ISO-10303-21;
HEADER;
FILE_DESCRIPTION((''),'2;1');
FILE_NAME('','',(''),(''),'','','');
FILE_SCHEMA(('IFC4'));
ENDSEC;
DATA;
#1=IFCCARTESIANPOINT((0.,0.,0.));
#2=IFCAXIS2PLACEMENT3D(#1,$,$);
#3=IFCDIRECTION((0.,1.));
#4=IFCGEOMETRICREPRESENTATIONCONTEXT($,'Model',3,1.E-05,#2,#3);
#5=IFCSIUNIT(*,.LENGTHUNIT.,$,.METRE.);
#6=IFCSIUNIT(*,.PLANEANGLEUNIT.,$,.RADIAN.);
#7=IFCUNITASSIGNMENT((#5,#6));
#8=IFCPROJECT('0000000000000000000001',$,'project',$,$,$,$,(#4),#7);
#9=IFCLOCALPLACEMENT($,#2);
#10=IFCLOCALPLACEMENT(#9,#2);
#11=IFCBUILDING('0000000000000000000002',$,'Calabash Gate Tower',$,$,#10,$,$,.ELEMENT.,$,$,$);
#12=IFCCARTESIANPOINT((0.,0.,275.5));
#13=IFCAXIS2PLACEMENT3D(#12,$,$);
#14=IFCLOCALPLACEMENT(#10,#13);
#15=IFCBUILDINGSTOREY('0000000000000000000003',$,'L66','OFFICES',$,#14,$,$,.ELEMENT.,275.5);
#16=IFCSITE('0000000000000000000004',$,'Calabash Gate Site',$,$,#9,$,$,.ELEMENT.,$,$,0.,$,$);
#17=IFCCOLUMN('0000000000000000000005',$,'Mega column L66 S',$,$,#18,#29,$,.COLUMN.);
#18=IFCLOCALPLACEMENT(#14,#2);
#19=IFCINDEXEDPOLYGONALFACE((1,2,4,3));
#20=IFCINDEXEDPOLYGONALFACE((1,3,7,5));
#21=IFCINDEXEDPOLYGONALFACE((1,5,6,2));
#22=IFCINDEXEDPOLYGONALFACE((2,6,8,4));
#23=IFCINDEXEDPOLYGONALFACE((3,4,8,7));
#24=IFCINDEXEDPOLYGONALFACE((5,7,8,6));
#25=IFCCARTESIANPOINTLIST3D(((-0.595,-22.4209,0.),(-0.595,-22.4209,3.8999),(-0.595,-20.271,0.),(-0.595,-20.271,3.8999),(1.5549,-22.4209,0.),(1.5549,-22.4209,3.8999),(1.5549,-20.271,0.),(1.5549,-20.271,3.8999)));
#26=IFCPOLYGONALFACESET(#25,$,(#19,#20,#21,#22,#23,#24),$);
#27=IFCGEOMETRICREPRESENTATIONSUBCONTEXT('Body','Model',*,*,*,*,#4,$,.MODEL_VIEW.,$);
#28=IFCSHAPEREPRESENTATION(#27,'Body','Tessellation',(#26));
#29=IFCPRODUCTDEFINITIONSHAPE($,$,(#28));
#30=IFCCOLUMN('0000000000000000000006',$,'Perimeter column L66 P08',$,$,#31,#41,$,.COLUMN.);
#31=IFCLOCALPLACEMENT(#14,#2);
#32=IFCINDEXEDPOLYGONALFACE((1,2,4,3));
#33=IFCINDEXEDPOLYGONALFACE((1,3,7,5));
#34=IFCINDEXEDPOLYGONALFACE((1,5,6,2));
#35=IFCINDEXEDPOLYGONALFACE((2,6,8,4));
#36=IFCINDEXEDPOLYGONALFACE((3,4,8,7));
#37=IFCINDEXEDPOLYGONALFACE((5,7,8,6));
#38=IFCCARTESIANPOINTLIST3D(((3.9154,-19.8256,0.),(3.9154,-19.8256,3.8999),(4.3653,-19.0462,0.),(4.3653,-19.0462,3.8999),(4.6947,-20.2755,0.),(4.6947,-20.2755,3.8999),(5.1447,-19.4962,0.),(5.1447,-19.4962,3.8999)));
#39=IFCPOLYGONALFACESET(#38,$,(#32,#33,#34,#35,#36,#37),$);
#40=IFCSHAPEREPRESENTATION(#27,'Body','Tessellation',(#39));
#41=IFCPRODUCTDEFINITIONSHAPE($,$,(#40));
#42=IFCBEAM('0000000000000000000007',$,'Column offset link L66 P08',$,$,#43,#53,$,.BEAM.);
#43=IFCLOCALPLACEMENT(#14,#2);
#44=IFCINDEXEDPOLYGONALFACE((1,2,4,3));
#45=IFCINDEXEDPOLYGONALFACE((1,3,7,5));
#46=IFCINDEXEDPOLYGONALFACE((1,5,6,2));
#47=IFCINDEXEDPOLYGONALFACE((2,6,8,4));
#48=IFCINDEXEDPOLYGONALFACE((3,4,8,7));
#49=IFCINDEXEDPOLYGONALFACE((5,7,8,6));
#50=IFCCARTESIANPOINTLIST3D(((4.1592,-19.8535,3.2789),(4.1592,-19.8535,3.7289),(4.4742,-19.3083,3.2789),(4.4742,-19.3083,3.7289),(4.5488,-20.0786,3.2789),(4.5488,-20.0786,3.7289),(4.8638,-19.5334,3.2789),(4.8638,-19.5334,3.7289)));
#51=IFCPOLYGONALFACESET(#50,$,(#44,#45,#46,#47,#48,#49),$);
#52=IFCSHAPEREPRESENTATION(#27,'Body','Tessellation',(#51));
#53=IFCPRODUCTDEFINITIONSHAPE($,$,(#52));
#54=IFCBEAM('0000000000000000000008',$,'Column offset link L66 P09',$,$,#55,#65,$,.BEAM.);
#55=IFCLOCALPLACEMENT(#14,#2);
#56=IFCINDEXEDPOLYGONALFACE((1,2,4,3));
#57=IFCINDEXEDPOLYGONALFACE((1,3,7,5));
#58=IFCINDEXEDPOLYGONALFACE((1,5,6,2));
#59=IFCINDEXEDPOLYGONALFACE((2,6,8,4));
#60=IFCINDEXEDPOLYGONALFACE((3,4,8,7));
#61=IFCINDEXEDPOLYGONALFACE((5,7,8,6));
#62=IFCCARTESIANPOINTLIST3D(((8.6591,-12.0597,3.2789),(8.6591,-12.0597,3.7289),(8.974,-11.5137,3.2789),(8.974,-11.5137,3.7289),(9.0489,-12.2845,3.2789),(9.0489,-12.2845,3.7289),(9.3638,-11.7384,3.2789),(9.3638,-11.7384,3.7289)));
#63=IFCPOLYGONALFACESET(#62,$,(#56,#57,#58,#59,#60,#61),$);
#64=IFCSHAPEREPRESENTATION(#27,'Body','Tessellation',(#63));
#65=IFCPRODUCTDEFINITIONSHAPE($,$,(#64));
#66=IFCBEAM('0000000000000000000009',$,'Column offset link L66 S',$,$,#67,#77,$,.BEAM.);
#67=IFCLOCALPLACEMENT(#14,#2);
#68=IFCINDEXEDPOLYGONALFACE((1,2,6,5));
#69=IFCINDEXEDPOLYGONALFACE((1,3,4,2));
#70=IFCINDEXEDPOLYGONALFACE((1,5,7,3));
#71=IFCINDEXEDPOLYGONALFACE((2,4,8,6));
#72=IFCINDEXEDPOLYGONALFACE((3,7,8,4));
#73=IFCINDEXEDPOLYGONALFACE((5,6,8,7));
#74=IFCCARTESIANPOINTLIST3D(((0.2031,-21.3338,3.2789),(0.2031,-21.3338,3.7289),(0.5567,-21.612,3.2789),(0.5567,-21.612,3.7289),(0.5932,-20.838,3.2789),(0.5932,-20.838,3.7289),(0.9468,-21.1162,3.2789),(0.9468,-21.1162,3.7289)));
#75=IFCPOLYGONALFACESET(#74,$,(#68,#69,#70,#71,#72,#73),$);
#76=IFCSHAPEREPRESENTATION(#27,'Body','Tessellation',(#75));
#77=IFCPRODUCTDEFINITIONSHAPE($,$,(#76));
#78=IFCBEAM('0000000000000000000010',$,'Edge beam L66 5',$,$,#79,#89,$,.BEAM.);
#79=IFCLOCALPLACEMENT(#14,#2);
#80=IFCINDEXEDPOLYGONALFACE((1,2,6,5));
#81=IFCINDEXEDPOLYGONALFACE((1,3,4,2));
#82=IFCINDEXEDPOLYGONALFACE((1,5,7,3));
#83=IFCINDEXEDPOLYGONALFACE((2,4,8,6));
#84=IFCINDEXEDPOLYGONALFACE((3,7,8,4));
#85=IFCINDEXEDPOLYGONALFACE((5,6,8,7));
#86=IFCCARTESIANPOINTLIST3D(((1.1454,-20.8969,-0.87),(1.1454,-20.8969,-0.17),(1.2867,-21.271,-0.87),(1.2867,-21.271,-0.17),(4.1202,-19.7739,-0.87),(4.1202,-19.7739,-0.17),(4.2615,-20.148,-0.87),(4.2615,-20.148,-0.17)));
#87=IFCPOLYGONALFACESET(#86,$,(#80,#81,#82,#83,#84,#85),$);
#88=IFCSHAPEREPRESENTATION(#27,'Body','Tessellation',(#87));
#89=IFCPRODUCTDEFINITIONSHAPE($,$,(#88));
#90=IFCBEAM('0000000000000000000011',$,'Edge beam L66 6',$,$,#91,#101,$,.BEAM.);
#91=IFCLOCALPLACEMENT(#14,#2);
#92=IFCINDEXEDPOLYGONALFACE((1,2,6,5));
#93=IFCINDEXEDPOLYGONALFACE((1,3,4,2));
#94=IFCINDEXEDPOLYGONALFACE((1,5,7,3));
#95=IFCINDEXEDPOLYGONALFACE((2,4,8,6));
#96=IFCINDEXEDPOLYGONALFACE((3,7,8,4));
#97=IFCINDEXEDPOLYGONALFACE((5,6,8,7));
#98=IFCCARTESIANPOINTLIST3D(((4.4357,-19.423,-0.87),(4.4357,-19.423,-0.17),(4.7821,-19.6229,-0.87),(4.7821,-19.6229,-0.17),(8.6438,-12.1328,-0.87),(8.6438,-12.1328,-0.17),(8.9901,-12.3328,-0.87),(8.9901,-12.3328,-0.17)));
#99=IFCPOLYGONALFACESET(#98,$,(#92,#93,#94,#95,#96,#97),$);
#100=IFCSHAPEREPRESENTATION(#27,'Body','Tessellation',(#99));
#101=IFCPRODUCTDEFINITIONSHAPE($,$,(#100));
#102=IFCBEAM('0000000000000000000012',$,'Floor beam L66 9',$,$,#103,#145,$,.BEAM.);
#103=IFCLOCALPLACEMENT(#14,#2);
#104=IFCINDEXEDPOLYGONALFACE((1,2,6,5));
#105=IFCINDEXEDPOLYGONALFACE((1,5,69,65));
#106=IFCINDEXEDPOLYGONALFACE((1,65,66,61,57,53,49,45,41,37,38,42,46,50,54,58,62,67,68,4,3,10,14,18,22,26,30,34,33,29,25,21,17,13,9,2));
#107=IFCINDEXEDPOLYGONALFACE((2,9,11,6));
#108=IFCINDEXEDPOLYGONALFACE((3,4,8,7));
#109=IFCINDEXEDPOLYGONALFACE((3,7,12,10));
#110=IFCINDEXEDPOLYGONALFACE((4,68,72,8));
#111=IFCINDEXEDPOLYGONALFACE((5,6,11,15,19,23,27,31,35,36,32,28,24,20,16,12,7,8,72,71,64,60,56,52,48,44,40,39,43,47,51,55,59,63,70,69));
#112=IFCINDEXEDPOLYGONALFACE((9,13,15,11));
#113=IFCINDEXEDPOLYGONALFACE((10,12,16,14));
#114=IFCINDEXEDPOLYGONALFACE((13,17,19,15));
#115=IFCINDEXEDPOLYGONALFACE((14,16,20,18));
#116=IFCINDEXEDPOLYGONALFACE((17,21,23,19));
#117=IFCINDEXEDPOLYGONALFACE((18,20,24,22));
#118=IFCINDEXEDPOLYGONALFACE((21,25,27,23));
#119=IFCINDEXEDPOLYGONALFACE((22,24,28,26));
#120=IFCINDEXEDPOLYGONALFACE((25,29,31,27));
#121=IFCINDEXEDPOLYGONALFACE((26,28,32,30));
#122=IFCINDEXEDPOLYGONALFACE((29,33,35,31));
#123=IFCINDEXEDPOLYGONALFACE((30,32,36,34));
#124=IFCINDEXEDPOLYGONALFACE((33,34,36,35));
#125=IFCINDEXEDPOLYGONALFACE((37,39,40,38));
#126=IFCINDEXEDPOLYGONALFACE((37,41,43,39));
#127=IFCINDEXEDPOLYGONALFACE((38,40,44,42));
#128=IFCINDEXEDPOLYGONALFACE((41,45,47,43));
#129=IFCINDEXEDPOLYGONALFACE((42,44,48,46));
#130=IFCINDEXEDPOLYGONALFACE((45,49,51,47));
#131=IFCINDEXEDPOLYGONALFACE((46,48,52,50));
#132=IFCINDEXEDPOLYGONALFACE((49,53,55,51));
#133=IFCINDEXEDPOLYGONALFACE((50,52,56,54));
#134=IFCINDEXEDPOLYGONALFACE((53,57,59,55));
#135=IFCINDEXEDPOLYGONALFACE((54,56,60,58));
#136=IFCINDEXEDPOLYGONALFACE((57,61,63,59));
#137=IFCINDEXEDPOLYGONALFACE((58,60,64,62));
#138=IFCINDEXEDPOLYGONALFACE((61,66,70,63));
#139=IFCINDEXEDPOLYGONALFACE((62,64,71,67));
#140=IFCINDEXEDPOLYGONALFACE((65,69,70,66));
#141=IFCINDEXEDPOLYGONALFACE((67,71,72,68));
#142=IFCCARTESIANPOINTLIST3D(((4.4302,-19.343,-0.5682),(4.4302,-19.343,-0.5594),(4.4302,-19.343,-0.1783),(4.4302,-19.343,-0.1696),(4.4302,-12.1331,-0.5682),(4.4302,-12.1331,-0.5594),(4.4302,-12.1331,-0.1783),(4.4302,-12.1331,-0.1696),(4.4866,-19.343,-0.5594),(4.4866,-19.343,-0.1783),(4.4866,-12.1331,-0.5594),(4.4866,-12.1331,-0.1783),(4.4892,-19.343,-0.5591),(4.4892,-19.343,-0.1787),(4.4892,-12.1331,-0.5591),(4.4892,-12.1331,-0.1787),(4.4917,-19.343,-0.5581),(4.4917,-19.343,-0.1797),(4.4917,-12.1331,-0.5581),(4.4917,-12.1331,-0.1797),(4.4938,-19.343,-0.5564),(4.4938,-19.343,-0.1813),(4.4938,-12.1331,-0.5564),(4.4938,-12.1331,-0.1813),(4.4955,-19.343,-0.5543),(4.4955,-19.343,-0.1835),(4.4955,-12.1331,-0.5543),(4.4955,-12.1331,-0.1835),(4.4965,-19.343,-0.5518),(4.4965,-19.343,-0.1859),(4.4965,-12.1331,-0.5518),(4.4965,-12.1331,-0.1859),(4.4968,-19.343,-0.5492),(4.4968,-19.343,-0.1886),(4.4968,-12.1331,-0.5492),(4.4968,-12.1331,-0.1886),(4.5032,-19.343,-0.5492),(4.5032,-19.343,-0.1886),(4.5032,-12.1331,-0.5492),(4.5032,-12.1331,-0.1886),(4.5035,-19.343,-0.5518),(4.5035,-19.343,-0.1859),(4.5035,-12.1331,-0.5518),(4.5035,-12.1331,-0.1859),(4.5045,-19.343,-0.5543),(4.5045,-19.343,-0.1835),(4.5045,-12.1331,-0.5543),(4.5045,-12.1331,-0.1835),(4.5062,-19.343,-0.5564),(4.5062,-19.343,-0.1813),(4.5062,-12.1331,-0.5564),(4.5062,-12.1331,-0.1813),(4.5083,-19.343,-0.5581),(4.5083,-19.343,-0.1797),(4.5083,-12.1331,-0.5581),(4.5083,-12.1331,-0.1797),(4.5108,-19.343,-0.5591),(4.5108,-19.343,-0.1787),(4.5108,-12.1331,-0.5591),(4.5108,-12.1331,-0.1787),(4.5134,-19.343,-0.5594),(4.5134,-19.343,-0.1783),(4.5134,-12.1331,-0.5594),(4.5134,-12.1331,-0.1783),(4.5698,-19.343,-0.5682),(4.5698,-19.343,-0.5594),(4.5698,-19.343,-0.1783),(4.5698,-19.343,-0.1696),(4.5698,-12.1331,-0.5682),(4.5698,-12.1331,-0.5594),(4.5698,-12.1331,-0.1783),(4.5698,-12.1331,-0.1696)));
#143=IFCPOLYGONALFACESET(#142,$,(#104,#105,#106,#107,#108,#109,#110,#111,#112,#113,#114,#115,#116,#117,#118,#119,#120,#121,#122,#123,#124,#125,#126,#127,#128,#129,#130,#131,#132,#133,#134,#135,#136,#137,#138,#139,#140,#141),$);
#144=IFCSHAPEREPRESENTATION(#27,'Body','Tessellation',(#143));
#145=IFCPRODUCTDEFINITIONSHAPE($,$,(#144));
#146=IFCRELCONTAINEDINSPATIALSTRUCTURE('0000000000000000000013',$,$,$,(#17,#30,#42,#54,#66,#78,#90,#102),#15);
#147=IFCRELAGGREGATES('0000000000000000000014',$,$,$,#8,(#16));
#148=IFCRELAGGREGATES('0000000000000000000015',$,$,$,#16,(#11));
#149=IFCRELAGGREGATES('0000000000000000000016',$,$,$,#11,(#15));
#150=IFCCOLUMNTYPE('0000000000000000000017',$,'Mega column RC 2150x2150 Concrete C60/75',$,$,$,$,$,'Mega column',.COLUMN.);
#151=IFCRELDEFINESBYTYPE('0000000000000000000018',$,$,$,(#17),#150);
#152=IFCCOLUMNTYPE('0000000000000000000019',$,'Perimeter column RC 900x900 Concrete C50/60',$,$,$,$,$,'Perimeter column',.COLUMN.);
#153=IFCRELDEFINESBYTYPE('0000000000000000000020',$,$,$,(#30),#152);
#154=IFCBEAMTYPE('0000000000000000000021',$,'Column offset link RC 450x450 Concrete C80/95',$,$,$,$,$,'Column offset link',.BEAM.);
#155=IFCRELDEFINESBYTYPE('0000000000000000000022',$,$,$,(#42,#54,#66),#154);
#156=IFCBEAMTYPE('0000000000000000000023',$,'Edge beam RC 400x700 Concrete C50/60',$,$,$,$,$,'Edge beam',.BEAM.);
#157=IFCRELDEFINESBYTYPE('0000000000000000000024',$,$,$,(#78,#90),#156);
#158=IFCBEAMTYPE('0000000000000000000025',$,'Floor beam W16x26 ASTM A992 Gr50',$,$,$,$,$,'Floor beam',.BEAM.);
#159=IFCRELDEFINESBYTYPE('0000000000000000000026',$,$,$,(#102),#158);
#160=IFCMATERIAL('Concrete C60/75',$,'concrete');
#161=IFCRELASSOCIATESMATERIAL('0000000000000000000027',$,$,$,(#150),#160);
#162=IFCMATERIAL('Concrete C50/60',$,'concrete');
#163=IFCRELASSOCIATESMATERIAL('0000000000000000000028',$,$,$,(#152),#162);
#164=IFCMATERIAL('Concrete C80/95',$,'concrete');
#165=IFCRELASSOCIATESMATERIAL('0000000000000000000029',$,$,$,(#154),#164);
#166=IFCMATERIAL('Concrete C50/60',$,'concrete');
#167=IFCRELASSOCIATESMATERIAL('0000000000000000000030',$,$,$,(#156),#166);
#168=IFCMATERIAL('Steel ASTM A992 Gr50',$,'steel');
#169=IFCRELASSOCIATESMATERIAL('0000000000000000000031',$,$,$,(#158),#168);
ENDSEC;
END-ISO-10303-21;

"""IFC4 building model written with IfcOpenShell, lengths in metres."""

from ifc_helpers import new_model, si_unit, direction, frame, origin, origin_2d, place, context, subcontext, project, spatial, rectangle, i_section, extrude, material, material_profile, profile_set, type_object, element, save


model = new_model("IFC4")

# Units and contexts
model_context = context("Model", 3, precision=1e-05, world=origin(), true_north=direction((0.0, 1.0)))
body_context = subcontext(model_context, "Body", "Model", "MODEL_VIEW")
ifc_project = project(units=[si_unit("LENGTHUNIT", "METRE"), si_unit("PLANEANGLEUNIT", "RADIAN")], contexts=[model_context])

# Site, building, storey
site_placement = place(None, origin())
site = spatial("IfcSite", under=ifc_project, at=site_placement, Name="Calabash Gate Site", CompositionType="ELEMENT", RefElevation=0.0)
building_placement = place(site_placement, origin())
building = spatial("IfcBuilding", under=site, at=building_placement, Name="Calabash Gate Tower", CompositionType="ELEMENT")
storey_placement = place(building_placement, frame((0.0, 0.0, 275.5)))
storey = spatial("IfcBuildingStorey", under=building, at=storey_placement, Name="L66", Description="OFFICES", CompositionType="ELEMENT", Elevation=275.5)

# Columns
ifc_material_1 = material(Name="Concrete C60/75", Category="concrete")
ifc_material_profile_1 = material_profile(ifc_material_1, rectangle(XDim=2.1499, YDim=2.1499, at=origin_2d()))
ifc_profile_set_1 = profile_set([ifc_material_profile_1], Name="Concrete C60/75")
column_type_1 = type_object("IfcColumnType", Name="Mega column RC 2150x2150 Concrete C60/75", ElementType="Mega column", PredefinedType="COLUMN", material=ifc_profile_set_1)
column_1_placement = place(storey_placement, frame((0.48, -21.3459, 0.0), z_axis=(0.0, 0.0, 1.0), x_axis=(0.0, 1.0, 0.0)))
element("IfcColumn", 1, at=column_1_placement, inside=storey, type_object=column_type_1, Name="Mega column L66 S", PredefinedType="COLUMN", context=body_context, shape_type="SweptSolid", body=[
    extrude(rectangle(XDim=2.1499, YDim=2.1499, at=origin_2d()), origin(), (0.0, 0.0, 1.0), 3.8999),
])
ifc_material_2 = material(Name="Concrete C50/60", Category="concrete")
ifc_material_profile_2 = material_profile(ifc_material_2, rectangle(XDim=0.8999, YDim=0.8999, at=origin_2d()))
ifc_profile_set_2 = profile_set([ifc_material_profile_2], Name="Concrete C50/60")
column_type_2 = type_object("IfcColumnType", Name="Perimeter column RC 900x900 Concrete C50/60", ElementType="Perimeter column", PredefinedType="COLUMN", material=ifc_profile_set_2)
column_2_placement = place(storey_placement, frame((4.53, -19.6609, 0.0), z_axis=(0.0, 0.0, 1.0), x_axis=(0.5, 0.866025, 0.0)))
element("IfcColumn", 2, at=column_2_placement, inside=storey, type_object=column_type_2, Name="Perimeter column L66 P08", PredefinedType="COLUMN", context=body_context, shape_type="SweptSolid", body=[
    extrude(rectangle(XDim=0.8999, YDim=0.8999, at=origin_2d()), origin(), (0.0, 0.0, 1.0), 3.8999),
])

# Beams
ifc_material_3 = material(Name="Concrete C80/95", Category="concrete")
ifc_material_profile_3 = material_profile(ifc_material_3, rectangle(XDim=0.45, YDim=0.45, at=origin_2d()))
ifc_profile_set_3 = profile_set([ifc_material_profile_3], Name="Concrete C80/95")
beam_type_1 = type_object("IfcBeamType", Name="Column offset link RC 450x450 Concrete C80/95", ElementType="Column offset link", PredefinedType="BEAM", material=ifc_profile_set_3)
beam_1_placement = place(storey_placement, frame((4.354, -19.9661, 3.5039), z_axis=(0.500226, 0.865895, 0.0), x_axis=(-0.865895, 0.500226, 0.0)))
element("IfcBeam", 3, at=beam_1_placement, inside=storey, type_object=beam_type_1, Name="Column offset link L66 P08", PredefinedType="BEAM", context=body_context, shape_type="SweptSolid", body=[
    extrude(rectangle(XDim=0.45, YDim=0.45, at=origin_2d()), origin(), (0.0, 0.0, 1.0), 0.6296),
])
beam_2_placement = place(storey_placement, frame((8.854, -12.1721, 3.5039), z_axis=(0.499555, 0.866282, 0.0), x_axis=(-0.866282, 0.499555, 0.0)))
element("IfcBeam", 4, at=beam_2_placement, inside=storey, type_object=beam_type_1, Name="Column offset link L66 P09", PredefinedType="BEAM", context=body_context, shape_type="SweptSolid", body=[
    extrude(rectangle(XDim=0.45, YDim=0.45, at=origin_2d()), origin(), (0.0, 0.0, 1.0), 0.6304),
])
beam_3_placement = place(storey_placement, frame((0.3799, -21.4729, 3.5039), z_axis=(0.618351, 0.785902, 0.0), x_axis=(-0.785902, 0.618351, 0.0)))
element("IfcBeam", 5, at=beam_3_placement, inside=storey, type_object=beam_type_1, Name="Column offset link L66 S", PredefinedType="BEAM", context=body_context, shape_type="SweptSolid", body=[
    extrude(rectangle(XDim=0.45, YDim=0.45, at=origin_2d()), origin(), (0.0, 0.0, 1.0), 0.6309),
])
ifc_material_4 = material(Name="Concrete C50/60", Category="concrete")
ifc_material_profile_4 = material_profile(ifc_material_4, rectangle(XDim=0.3999, YDim=0.7, at=origin_2d()))
ifc_profile_set_4 = profile_set([ifc_material_profile_4], Name="Concrete C50/60")
beam_type_2 = type_object("IfcBeamType", Name="Edge beam RC 400x700 Concrete C50/60", ElementType="Edge beam", PredefinedType="BEAM", material=ifc_profile_set_4)
beam_4_placement = place(storey_placement, frame((1.2161, -21.084, -0.52), z_axis=(0.935554, 0.353184, 0.0), x_axis=(-0.353184, 0.935554, 0.0)))
element("IfcBeam", 6, at=beam_4_placement, inside=storey, type_object=beam_type_2, Name="Edge beam L66 5", PredefinedType="BEAM", context=body_context, shape_type="SweptSolid", body=[
    extrude(rectangle(XDim=0.3999, YDim=0.7, at=origin_2d()), origin(), (0.0, 0.0, 1.0), 3.1797),
])
beam_5_placement = place(storey_placement, frame((4.6089, -19.5229, -0.52), z_axis=(0.49992, 0.866072, 0.0), x_axis=(-0.866072, 0.49992, 0.0)))
element("IfcBeam", 7, at=beam_5_placement, inside=storey, type_object=beam_type_2, Name="Edge beam L66 6", PredefinedType="BEAM", context=body_context, shape_type="SweptSolid", body=[
    extrude(rectangle(XDim=0.3999, YDim=0.7, at=origin_2d()), origin(), (0.0, 0.0, 1.0), 8.4175),
])
ifc_material_5 = material(Name="Steel ASTM A992 Gr50", Category="steel")
ifc_material_profile_5 = material_profile(ifc_material_5, i_section(OverallWidth=0.1396, OverallDepth=0.3987, WebThickness=0.0063, FlangeThickness=0.0088, FilletRadius=0.0103, at=origin_2d()))
ifc_profile_set_5 = profile_set([ifc_material_profile_5], Name="Steel ASTM A992 Gr50")
beam_type_3 = type_object("IfcBeamType", Name="Floor beam W16x26 ASTM A992 Gr50", ElementType="Floor beam", PredefinedType="BEAM", material=ifc_profile_set_5)
beam_6_placement = place(storey_placement, frame((4.5, -19.343, -0.3689), z_axis=(0.0, 1.0, 0.0), x_axis=(-1.0, 0.0, 0.0)))
element("IfcBeam", 8, at=beam_6_placement, inside=storey, type_object=beam_type_3, Name="Floor beam L66 9", PredefinedType="BEAM", context=body_context, shape_type="SweptSolid", body=[
    extrude(i_section(OverallWidth=0.1396, OverallDepth=0.3987, WebThickness=0.0063, FlangeThickness=0.0088, FilletRadius=0.0103, at=origin_2d()), origin(), (0.0, 0.0, 1.0), 7.21),
])

save(model, "model.ifc")
